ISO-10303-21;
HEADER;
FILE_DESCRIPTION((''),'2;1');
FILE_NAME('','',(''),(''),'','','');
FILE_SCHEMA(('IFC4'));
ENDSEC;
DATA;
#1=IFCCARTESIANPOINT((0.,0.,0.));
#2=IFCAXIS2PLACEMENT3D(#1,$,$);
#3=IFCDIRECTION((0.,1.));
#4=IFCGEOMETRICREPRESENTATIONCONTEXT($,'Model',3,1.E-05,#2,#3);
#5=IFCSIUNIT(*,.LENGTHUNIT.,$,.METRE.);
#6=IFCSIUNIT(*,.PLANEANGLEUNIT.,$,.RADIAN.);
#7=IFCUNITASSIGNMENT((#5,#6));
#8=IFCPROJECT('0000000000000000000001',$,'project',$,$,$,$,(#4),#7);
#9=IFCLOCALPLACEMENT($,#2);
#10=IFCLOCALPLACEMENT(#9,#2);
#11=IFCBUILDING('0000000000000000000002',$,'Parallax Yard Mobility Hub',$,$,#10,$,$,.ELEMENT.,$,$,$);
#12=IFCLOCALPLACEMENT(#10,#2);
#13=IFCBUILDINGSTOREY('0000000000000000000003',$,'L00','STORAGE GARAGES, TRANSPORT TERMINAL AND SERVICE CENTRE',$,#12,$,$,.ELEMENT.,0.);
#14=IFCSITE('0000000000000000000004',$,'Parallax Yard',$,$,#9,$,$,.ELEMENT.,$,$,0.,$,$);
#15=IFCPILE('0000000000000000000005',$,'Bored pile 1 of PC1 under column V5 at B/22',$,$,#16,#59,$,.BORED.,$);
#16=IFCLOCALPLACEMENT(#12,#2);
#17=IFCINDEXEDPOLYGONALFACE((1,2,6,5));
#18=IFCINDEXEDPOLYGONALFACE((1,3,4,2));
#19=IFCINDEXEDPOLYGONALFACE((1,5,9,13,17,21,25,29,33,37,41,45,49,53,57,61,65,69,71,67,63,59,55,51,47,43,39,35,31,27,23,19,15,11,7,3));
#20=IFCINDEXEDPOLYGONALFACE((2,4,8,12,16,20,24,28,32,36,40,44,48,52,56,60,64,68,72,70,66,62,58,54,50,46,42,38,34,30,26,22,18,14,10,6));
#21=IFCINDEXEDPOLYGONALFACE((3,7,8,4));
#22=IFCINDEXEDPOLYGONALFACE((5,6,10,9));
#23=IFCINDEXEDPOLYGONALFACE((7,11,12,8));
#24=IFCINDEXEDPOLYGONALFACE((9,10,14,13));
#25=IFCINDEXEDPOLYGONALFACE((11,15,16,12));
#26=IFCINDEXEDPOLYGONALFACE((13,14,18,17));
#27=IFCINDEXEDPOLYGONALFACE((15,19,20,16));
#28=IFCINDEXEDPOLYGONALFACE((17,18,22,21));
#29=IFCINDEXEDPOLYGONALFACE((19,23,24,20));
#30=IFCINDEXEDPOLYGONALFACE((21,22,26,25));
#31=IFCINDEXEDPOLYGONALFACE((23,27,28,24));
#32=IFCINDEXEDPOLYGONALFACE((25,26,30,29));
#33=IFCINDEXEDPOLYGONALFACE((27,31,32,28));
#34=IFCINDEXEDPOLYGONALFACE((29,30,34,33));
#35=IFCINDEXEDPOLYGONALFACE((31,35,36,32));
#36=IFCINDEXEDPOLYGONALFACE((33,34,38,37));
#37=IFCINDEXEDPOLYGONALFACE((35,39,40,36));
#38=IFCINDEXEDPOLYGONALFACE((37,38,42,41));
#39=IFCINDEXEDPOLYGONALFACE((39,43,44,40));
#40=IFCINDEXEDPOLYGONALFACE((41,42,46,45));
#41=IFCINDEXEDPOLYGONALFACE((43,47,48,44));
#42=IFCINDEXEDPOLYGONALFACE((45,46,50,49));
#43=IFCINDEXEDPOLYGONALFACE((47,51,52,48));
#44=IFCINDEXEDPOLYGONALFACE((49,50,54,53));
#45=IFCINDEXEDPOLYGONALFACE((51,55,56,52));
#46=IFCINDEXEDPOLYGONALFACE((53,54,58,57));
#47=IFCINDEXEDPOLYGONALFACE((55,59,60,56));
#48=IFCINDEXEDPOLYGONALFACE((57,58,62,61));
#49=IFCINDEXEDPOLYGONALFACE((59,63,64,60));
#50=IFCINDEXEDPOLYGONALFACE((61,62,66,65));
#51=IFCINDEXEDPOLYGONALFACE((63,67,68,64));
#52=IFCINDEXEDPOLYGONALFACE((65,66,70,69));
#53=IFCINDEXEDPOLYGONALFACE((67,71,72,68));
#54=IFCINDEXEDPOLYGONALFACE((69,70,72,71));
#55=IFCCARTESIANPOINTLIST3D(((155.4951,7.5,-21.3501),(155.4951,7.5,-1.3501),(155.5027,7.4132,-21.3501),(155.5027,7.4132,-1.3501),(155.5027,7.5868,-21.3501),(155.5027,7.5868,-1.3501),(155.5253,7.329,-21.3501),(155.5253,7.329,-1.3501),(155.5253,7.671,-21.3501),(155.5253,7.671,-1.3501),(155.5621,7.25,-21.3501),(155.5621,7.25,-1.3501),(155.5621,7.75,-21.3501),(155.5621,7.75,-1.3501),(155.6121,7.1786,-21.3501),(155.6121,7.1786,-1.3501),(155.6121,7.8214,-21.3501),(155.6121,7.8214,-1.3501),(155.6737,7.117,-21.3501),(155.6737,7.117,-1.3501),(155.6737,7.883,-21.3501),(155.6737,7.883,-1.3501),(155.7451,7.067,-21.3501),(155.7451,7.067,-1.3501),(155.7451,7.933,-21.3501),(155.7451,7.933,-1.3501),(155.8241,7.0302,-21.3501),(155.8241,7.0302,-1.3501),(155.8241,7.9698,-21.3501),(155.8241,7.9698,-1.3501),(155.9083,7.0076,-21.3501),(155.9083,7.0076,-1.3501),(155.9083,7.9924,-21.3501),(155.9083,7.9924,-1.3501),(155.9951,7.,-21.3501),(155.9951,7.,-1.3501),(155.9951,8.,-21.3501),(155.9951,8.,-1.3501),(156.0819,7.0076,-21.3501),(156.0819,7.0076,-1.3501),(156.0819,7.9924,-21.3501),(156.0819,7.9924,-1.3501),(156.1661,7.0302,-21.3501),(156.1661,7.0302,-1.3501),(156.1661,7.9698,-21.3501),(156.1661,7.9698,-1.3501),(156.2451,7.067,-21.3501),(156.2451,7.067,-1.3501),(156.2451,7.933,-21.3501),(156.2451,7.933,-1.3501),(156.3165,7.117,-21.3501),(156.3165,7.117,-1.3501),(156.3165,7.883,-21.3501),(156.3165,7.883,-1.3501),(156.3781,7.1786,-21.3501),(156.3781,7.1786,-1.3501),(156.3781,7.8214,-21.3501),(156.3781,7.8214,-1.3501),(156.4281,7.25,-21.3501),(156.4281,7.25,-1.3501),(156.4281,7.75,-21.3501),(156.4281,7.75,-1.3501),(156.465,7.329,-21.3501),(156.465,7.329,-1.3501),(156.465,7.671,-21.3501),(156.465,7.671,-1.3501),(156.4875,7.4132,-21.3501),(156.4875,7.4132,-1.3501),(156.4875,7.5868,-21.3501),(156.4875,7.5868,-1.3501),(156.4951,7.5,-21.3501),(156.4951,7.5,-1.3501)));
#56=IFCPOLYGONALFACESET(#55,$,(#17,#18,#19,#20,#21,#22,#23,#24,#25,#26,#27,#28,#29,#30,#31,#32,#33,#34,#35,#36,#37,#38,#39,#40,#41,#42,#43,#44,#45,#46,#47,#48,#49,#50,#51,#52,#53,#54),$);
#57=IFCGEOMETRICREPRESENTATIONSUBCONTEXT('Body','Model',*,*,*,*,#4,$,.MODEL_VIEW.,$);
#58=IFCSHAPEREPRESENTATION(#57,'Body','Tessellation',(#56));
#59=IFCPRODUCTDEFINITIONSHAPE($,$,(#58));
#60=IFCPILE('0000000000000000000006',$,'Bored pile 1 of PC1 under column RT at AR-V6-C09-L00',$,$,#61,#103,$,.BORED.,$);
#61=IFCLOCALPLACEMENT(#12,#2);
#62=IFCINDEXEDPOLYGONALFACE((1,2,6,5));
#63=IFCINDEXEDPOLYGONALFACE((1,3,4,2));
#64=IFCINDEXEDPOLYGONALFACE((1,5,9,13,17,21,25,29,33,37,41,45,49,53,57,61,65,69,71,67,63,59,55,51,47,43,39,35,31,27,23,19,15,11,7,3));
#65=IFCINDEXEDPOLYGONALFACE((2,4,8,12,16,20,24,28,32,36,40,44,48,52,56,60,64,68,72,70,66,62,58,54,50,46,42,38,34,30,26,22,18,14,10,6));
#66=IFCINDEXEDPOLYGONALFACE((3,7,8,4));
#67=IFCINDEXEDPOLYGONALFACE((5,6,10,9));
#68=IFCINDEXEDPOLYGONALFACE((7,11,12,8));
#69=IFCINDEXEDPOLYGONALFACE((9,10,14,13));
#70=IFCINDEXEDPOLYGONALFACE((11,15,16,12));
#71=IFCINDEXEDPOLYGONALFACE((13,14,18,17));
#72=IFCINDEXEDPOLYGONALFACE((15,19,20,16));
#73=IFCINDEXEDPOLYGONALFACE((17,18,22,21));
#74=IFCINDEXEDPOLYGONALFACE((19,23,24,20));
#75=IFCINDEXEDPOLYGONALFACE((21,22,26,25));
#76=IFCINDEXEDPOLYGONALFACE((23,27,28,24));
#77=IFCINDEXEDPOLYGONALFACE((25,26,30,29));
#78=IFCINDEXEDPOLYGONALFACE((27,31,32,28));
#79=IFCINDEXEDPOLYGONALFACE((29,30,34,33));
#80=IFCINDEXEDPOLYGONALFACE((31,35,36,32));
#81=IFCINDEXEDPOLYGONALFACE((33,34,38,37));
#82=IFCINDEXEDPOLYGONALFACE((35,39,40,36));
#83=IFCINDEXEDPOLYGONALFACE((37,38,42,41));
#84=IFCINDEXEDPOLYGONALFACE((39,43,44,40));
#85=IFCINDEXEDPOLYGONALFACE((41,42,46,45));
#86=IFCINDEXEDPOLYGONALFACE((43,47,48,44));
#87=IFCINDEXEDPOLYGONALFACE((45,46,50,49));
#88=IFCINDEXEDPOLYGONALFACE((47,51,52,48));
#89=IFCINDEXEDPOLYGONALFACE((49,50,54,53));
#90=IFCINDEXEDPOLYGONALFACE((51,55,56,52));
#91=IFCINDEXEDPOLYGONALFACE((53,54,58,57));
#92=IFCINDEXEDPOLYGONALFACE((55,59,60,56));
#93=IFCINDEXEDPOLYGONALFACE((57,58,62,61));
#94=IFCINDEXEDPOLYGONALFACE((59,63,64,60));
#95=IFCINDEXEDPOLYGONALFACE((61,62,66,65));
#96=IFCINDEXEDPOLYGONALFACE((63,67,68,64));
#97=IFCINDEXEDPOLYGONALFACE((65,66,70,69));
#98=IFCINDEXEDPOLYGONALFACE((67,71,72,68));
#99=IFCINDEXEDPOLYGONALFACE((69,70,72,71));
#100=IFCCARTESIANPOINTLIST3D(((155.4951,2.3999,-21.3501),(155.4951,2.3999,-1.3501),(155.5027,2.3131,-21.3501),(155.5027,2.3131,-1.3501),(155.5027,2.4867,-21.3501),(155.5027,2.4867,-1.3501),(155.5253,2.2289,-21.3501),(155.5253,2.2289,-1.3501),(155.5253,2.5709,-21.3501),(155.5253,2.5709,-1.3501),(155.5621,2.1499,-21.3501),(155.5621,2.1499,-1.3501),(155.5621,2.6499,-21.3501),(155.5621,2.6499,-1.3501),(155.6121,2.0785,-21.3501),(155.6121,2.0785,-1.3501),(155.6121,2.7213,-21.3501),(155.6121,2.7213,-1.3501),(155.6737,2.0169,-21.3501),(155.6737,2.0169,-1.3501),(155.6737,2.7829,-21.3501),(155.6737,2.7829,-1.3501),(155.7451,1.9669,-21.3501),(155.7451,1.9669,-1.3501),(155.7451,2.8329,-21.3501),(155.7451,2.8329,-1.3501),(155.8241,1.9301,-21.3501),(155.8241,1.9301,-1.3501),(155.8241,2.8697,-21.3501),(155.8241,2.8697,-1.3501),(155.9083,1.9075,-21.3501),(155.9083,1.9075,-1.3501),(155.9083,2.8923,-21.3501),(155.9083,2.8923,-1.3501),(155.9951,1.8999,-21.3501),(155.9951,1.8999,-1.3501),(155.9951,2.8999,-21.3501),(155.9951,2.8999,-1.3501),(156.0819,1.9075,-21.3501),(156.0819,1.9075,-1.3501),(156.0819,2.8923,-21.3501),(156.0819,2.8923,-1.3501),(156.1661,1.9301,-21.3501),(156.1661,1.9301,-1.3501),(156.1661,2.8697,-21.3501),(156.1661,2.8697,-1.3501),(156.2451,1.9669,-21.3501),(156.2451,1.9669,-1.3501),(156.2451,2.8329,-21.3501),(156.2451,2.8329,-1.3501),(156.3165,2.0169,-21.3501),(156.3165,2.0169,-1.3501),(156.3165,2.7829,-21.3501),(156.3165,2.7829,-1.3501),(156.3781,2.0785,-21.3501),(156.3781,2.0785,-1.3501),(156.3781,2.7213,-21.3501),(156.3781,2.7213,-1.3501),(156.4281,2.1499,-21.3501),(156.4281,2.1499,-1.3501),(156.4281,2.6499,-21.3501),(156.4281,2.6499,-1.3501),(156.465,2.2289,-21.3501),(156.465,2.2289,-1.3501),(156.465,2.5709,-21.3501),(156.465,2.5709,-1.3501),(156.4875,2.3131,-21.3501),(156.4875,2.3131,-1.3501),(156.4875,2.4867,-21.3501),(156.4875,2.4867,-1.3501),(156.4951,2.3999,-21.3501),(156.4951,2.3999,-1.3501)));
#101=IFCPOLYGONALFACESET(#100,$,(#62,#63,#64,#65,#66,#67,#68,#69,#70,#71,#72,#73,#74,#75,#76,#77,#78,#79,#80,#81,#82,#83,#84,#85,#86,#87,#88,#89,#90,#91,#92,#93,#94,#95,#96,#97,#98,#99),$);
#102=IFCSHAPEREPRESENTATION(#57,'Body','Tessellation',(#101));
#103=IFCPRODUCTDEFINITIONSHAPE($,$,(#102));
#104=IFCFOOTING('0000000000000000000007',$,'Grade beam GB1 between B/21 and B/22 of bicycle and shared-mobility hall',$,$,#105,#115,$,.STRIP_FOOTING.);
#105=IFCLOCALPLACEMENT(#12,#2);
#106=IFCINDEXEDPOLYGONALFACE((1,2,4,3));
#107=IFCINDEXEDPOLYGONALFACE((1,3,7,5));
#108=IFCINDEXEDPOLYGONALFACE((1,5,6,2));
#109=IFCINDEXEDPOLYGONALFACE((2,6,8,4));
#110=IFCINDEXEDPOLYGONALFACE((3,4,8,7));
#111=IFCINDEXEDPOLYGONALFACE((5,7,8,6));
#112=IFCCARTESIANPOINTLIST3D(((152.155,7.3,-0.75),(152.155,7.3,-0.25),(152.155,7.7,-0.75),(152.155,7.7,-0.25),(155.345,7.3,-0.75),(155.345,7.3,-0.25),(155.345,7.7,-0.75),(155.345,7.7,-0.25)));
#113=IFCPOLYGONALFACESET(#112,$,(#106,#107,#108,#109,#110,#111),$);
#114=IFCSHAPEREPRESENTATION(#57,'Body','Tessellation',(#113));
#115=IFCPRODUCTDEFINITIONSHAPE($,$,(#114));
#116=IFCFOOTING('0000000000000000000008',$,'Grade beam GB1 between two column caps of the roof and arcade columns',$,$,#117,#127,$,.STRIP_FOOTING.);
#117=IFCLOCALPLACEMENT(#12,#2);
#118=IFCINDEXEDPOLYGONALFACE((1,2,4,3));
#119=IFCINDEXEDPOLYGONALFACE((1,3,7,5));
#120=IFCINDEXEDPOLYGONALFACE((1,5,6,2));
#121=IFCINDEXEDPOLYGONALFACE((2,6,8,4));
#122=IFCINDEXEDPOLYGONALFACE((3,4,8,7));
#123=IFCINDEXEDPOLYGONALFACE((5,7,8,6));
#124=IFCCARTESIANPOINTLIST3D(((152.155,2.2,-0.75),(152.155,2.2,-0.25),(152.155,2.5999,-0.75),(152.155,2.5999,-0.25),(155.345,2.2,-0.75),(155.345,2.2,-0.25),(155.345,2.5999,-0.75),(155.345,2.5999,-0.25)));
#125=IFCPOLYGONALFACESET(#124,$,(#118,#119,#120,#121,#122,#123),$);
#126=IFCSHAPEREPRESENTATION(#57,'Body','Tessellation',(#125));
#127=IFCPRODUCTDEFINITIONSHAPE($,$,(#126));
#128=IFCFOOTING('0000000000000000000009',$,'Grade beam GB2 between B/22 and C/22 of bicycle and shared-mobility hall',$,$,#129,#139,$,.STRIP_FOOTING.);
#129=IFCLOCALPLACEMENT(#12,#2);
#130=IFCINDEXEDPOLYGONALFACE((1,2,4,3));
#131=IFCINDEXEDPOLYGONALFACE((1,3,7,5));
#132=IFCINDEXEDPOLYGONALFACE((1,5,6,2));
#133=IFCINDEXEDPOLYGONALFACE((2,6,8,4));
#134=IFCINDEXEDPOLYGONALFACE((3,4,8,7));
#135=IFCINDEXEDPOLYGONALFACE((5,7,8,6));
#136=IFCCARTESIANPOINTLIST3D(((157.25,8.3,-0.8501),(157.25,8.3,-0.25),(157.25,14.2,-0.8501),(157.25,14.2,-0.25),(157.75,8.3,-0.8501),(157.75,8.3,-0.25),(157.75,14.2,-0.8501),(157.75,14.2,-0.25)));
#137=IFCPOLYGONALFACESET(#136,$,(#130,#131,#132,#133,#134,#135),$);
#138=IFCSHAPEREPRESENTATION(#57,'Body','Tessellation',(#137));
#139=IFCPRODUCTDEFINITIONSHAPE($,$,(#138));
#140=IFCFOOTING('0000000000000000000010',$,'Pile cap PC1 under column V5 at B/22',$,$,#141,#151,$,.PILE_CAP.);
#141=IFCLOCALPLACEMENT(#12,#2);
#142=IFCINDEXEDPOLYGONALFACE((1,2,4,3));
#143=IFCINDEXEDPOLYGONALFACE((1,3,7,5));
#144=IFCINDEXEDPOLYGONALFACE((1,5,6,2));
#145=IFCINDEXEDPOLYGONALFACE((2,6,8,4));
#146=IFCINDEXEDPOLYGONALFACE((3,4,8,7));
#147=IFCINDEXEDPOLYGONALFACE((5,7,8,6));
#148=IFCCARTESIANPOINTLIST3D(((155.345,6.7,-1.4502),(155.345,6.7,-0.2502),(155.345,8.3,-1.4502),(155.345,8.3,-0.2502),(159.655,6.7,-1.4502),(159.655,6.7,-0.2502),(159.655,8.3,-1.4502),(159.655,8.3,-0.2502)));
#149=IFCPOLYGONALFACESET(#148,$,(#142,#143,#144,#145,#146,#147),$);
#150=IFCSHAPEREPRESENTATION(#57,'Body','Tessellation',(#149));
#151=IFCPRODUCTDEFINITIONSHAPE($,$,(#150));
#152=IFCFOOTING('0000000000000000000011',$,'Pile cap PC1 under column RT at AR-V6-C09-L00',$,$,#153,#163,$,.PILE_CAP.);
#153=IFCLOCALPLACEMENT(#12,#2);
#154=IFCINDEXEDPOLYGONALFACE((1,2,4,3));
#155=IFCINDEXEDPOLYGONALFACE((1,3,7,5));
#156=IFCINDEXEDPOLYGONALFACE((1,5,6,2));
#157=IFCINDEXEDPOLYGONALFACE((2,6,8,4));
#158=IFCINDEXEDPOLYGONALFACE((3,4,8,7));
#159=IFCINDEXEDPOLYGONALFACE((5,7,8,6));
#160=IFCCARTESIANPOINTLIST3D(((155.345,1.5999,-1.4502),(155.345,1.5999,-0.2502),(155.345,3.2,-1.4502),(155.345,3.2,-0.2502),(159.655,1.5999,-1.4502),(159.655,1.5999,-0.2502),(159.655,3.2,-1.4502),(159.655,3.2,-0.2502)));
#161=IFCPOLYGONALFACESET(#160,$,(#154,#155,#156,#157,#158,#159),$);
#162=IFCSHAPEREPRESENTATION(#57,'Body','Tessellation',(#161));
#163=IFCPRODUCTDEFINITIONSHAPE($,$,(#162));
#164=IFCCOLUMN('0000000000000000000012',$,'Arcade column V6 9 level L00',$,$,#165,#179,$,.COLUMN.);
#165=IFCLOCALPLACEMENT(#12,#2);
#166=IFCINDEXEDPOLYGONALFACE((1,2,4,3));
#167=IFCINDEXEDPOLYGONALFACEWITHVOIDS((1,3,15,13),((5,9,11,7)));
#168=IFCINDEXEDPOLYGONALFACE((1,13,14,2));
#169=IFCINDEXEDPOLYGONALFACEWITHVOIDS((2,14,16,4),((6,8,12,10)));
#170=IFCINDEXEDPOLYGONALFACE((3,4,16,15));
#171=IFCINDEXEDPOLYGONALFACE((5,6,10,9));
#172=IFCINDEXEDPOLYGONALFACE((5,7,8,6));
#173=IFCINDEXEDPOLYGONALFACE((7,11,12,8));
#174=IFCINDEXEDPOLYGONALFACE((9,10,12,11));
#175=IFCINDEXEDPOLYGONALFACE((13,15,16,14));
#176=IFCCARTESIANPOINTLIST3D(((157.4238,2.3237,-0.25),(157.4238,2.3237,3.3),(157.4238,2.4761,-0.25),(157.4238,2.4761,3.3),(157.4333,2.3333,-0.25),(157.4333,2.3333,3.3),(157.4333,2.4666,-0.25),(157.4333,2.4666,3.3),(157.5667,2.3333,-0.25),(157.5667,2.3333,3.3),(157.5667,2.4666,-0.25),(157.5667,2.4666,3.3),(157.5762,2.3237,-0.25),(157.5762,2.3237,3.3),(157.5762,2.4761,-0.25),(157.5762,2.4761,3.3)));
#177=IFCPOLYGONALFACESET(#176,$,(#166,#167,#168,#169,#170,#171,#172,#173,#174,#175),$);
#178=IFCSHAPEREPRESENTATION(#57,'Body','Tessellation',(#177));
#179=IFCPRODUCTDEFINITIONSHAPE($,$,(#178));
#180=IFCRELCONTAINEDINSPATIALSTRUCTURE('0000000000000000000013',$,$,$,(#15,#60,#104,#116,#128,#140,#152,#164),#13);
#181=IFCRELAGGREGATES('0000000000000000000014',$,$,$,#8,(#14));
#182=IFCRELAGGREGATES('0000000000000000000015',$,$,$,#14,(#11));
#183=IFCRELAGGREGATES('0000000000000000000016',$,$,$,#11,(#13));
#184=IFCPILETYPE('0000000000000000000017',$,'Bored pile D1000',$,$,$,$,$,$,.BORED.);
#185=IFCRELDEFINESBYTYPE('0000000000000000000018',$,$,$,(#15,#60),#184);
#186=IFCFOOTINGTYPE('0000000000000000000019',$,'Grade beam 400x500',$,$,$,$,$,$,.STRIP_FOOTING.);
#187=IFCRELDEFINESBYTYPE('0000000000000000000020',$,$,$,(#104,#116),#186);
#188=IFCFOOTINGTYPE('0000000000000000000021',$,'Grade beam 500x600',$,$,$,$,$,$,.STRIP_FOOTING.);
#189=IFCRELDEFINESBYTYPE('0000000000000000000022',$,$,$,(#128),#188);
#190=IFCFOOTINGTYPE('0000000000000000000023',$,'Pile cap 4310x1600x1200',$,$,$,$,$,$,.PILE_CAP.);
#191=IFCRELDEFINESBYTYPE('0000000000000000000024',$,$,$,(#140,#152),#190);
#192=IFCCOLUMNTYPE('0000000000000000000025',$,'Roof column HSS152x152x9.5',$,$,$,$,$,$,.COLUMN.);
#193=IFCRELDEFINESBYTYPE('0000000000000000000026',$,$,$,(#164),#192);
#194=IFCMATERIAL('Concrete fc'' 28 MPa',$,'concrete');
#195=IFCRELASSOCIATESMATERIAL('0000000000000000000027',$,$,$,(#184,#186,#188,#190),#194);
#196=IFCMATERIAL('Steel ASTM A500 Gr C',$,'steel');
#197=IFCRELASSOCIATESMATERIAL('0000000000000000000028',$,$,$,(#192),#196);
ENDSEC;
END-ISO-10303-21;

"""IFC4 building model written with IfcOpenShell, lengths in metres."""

from ifc_helpers import new_model, si_unit, direction, frame, origin, origin_2d, place, context, subcontext, project, spatial, rectangle, hollow_rectangle, circle, extrude, material, material_profile, profile_set, type_object, element, save


model = new_model("IFC4")

# Units and contexts
model_context = context("Model", 3, precision=1e-05, world=origin(), true_north=direction((0.0, 1.0)))
body_context = subcontext(model_context, "Body", "Model", "MODEL_VIEW")
ifc_project = project(units=[si_unit("LENGTHUNIT", "METRE"), si_unit("PLANEANGLEUNIT", "RADIAN")], contexts=[model_context])

# Site, building, storey
site_placement = place(None, origin())
site = spatial("IfcSite", under=ifc_project, at=site_placement, Name="Parallax Yard", CompositionType="ELEMENT", RefElevation=0.0)
building_placement = place(site_placement, origin())
building = spatial("IfcBuilding", under=site, at=building_placement, Name="Parallax Yard Mobility Hub", CompositionType="ELEMENT")
storey_placement = place(building_placement, origin())
storey = spatial("IfcBuildingStorey", under=building, at=storey_placement, Name="L00", Description="STORAGE GARAGES, TRANSPORT TERMINAL AND SERVICE CENTRE", CompositionType="ELEMENT", Elevation=0.0)

# Piles
ifc_material_1 = material(Name="Concrete fc' 28 MPa", Category="concrete")
ifc_material_profile_1 = material_profile(ifc_material_1, circle(Radius=0.5, at=origin_2d()), Name="Bored pile D1000")
ifc_profile_set_1 = profile_set([ifc_material_profile_1], Name="Concrete fc' 28 MPa")
pile_type = type_object("IfcPileType", Name="Bored pile D1000", PredefinedType="BORED", material=ifc_profile_set_1)
for number, where, z_axis, x_axis, name in (
    (1, (155.9951, 7.5, -1.3501), (0.0, 0.0, -1.0), (1.0, 0.0, 0.0), "Bored pile 1 of PC1 under column V5 at B/22"),
    (2, (155.9951, 2.3999, -1.3501), (0.0, 0.0, -1.0), (1.0, 0.0, 0.0), "Bored pile 1 of PC1 under column RT at AR-V6-C09-L00"),
):
    element("IfcPile", number, at=place(storey_placement, frame(where, z_axis=z_axis, x_axis=x_axis)), inside=storey, type_object=pile_type, Name=name, PredefinedType="BORED", context=body_context, shape_type="SweptSolid", body=[
        extrude(circle(Radius=0.5, at=origin_2d()), origin(), (0.0, 0.0, 1.0), 20.0),
    ])

# Footings
ifc_material_profile_2 = material_profile(ifc_material_1, rectangle(XDim=0.3999, YDim=0.5, at=origin_2d()), Name="Grade beam 400x500")
ifc_profile_set_2 = profile_set([ifc_material_profile_2], Name="Concrete fc' 28 MPa")
footing_type_1 = type_object("IfcFootingType", Name="Grade beam 400x500", PredefinedType="STRIP_FOOTING", material=ifc_profile_set_2)
for number, where, z_axis, x_axis, name in (
    (3, (152.155, 7.5, -0.5), (1.0, 0.0, 0.0), (0.0, 1.0, 0.0), "Grade beam GB1 between B/21 and B/22 of bicycle and shared-mobility hall"),
    (4, (152.155, 2.3999, -0.5), (1.0, 0.0, 0.0), (0.0, 1.0, 0.0), "Grade beam GB1 between two column caps of the roof and arcade columns"),
):
    element("IfcFooting", number, at=place(storey_placement, frame(where, z_axis=z_axis, x_axis=x_axis)), inside=storey, type_object=footing_type_1, Name=name, PredefinedType="STRIP_FOOTING", context=body_context, shape_type="SweptSolid", body=[
        extrude(rectangle(XDim=0.3999, YDim=0.5, at=origin_2d()), origin(), (0.0, 0.0, 1.0), 3.1899),
    ])
ifc_material_profile_3 = material_profile(ifc_material_1, rectangle(XDim=0.5, YDim=0.6001, at=origin_2d()), Name="Grade beam 500x600")
ifc_profile_set_3 = profile_set([ifc_material_profile_3], Name="Concrete fc' 28 MPa")
footing_type_2 = type_object("IfcFootingType", Name="Grade beam 500x600", PredefinedType="STRIP_FOOTING", material=ifc_profile_set_3)
footing_placement = place(storey_placement, frame((157.5, 8.3, -0.55), z_axis=(0.0, 1.0, 0.0), x_axis=(-1.0, 0.0, 0.0)))
element("IfcFooting", 5, at=footing_placement, inside=storey, type_object=footing_type_2, Name="Grade beam GB2 between B/22 and C/22 of bicycle and shared-mobility hall", PredefinedType="STRIP_FOOTING", context=body_context, shape_type="SweptSolid", body=[
    extrude(rectangle(XDim=0.5, YDim=0.6001, at=origin_2d()), origin(), (0.0, 0.0, 1.0), 5.8999),
])
footing_type_3 = type_object("IfcFootingType", Name="Pile cap 4310x1600x1200", PredefinedType="PILE_CAP", material=ifc_material_1)
for number, where, z_axis, x_axis, name in (
    (6, (157.5, 7.5, -1.4502), (0.0, 0.0, 1.0), (1.0, 0.0, 0.0), "Pile cap PC1 under column V5 at B/22"),
    (7, (157.5, 2.3999, -1.4502), (0.0, 0.0, 1.0), (1.0, 0.0, 0.0), "Pile cap PC1 under column RT at AR-V6-C09-L00"),
):
    element("IfcFooting", number, at=place(storey_placement, frame(where, z_axis=z_axis, x_axis=x_axis)), inside=storey, type_object=footing_type_3, Name=name, PredefinedType="PILE_CAP", context=body_context, shape_type="SweptSolid", body=[
        extrude(rectangle(XDim=4.3101, YDim=1.6001, at=origin_2d()), origin(), (0.0, 0.0, 1.0), 1.2),
    ])

# Column
ifc_material_2 = material(Name="Steel ASTM A500 Gr C", Category="steel")
ifc_material_profile_4 = material_profile(ifc_material_2, hollow_rectangle(XDim=0.1523, YDim=0.1523, WallThickness=0.0095, at=origin_2d()), Name="HSS152x152x9.5")
ifc_profile_set_4 = profile_set([ifc_material_profile_4], Name="Steel ASTM A500 Gr C")
column_type_1 = type_object("IfcColumnType", Name="Roof column HSS152x152x9.5", PredefinedType="COLUMN", material=ifc_profile_set_4)
column_1_placement = place(storey_placement, frame((157.5, 2.3999, -0.25), z_axis=(0.0, 0.0, 1.0), x_axis=(1.0, 0.0, 0.0)))
element("IfcColumn", 8, at=column_1_placement, inside=storey, type_object=column_type_1, Name="Arcade column V6 9 level L00", PredefinedType="COLUMN", context=body_context, shape_type="SweptSolid", body=[
    extrude(hollow_rectangle(XDim=0.1523, YDim=0.1523, WallThickness=0.0095, at=origin_2d()), origin(), (0.0, 0.0, 1.0), 3.55),
])

save(model, "model.ifc")
